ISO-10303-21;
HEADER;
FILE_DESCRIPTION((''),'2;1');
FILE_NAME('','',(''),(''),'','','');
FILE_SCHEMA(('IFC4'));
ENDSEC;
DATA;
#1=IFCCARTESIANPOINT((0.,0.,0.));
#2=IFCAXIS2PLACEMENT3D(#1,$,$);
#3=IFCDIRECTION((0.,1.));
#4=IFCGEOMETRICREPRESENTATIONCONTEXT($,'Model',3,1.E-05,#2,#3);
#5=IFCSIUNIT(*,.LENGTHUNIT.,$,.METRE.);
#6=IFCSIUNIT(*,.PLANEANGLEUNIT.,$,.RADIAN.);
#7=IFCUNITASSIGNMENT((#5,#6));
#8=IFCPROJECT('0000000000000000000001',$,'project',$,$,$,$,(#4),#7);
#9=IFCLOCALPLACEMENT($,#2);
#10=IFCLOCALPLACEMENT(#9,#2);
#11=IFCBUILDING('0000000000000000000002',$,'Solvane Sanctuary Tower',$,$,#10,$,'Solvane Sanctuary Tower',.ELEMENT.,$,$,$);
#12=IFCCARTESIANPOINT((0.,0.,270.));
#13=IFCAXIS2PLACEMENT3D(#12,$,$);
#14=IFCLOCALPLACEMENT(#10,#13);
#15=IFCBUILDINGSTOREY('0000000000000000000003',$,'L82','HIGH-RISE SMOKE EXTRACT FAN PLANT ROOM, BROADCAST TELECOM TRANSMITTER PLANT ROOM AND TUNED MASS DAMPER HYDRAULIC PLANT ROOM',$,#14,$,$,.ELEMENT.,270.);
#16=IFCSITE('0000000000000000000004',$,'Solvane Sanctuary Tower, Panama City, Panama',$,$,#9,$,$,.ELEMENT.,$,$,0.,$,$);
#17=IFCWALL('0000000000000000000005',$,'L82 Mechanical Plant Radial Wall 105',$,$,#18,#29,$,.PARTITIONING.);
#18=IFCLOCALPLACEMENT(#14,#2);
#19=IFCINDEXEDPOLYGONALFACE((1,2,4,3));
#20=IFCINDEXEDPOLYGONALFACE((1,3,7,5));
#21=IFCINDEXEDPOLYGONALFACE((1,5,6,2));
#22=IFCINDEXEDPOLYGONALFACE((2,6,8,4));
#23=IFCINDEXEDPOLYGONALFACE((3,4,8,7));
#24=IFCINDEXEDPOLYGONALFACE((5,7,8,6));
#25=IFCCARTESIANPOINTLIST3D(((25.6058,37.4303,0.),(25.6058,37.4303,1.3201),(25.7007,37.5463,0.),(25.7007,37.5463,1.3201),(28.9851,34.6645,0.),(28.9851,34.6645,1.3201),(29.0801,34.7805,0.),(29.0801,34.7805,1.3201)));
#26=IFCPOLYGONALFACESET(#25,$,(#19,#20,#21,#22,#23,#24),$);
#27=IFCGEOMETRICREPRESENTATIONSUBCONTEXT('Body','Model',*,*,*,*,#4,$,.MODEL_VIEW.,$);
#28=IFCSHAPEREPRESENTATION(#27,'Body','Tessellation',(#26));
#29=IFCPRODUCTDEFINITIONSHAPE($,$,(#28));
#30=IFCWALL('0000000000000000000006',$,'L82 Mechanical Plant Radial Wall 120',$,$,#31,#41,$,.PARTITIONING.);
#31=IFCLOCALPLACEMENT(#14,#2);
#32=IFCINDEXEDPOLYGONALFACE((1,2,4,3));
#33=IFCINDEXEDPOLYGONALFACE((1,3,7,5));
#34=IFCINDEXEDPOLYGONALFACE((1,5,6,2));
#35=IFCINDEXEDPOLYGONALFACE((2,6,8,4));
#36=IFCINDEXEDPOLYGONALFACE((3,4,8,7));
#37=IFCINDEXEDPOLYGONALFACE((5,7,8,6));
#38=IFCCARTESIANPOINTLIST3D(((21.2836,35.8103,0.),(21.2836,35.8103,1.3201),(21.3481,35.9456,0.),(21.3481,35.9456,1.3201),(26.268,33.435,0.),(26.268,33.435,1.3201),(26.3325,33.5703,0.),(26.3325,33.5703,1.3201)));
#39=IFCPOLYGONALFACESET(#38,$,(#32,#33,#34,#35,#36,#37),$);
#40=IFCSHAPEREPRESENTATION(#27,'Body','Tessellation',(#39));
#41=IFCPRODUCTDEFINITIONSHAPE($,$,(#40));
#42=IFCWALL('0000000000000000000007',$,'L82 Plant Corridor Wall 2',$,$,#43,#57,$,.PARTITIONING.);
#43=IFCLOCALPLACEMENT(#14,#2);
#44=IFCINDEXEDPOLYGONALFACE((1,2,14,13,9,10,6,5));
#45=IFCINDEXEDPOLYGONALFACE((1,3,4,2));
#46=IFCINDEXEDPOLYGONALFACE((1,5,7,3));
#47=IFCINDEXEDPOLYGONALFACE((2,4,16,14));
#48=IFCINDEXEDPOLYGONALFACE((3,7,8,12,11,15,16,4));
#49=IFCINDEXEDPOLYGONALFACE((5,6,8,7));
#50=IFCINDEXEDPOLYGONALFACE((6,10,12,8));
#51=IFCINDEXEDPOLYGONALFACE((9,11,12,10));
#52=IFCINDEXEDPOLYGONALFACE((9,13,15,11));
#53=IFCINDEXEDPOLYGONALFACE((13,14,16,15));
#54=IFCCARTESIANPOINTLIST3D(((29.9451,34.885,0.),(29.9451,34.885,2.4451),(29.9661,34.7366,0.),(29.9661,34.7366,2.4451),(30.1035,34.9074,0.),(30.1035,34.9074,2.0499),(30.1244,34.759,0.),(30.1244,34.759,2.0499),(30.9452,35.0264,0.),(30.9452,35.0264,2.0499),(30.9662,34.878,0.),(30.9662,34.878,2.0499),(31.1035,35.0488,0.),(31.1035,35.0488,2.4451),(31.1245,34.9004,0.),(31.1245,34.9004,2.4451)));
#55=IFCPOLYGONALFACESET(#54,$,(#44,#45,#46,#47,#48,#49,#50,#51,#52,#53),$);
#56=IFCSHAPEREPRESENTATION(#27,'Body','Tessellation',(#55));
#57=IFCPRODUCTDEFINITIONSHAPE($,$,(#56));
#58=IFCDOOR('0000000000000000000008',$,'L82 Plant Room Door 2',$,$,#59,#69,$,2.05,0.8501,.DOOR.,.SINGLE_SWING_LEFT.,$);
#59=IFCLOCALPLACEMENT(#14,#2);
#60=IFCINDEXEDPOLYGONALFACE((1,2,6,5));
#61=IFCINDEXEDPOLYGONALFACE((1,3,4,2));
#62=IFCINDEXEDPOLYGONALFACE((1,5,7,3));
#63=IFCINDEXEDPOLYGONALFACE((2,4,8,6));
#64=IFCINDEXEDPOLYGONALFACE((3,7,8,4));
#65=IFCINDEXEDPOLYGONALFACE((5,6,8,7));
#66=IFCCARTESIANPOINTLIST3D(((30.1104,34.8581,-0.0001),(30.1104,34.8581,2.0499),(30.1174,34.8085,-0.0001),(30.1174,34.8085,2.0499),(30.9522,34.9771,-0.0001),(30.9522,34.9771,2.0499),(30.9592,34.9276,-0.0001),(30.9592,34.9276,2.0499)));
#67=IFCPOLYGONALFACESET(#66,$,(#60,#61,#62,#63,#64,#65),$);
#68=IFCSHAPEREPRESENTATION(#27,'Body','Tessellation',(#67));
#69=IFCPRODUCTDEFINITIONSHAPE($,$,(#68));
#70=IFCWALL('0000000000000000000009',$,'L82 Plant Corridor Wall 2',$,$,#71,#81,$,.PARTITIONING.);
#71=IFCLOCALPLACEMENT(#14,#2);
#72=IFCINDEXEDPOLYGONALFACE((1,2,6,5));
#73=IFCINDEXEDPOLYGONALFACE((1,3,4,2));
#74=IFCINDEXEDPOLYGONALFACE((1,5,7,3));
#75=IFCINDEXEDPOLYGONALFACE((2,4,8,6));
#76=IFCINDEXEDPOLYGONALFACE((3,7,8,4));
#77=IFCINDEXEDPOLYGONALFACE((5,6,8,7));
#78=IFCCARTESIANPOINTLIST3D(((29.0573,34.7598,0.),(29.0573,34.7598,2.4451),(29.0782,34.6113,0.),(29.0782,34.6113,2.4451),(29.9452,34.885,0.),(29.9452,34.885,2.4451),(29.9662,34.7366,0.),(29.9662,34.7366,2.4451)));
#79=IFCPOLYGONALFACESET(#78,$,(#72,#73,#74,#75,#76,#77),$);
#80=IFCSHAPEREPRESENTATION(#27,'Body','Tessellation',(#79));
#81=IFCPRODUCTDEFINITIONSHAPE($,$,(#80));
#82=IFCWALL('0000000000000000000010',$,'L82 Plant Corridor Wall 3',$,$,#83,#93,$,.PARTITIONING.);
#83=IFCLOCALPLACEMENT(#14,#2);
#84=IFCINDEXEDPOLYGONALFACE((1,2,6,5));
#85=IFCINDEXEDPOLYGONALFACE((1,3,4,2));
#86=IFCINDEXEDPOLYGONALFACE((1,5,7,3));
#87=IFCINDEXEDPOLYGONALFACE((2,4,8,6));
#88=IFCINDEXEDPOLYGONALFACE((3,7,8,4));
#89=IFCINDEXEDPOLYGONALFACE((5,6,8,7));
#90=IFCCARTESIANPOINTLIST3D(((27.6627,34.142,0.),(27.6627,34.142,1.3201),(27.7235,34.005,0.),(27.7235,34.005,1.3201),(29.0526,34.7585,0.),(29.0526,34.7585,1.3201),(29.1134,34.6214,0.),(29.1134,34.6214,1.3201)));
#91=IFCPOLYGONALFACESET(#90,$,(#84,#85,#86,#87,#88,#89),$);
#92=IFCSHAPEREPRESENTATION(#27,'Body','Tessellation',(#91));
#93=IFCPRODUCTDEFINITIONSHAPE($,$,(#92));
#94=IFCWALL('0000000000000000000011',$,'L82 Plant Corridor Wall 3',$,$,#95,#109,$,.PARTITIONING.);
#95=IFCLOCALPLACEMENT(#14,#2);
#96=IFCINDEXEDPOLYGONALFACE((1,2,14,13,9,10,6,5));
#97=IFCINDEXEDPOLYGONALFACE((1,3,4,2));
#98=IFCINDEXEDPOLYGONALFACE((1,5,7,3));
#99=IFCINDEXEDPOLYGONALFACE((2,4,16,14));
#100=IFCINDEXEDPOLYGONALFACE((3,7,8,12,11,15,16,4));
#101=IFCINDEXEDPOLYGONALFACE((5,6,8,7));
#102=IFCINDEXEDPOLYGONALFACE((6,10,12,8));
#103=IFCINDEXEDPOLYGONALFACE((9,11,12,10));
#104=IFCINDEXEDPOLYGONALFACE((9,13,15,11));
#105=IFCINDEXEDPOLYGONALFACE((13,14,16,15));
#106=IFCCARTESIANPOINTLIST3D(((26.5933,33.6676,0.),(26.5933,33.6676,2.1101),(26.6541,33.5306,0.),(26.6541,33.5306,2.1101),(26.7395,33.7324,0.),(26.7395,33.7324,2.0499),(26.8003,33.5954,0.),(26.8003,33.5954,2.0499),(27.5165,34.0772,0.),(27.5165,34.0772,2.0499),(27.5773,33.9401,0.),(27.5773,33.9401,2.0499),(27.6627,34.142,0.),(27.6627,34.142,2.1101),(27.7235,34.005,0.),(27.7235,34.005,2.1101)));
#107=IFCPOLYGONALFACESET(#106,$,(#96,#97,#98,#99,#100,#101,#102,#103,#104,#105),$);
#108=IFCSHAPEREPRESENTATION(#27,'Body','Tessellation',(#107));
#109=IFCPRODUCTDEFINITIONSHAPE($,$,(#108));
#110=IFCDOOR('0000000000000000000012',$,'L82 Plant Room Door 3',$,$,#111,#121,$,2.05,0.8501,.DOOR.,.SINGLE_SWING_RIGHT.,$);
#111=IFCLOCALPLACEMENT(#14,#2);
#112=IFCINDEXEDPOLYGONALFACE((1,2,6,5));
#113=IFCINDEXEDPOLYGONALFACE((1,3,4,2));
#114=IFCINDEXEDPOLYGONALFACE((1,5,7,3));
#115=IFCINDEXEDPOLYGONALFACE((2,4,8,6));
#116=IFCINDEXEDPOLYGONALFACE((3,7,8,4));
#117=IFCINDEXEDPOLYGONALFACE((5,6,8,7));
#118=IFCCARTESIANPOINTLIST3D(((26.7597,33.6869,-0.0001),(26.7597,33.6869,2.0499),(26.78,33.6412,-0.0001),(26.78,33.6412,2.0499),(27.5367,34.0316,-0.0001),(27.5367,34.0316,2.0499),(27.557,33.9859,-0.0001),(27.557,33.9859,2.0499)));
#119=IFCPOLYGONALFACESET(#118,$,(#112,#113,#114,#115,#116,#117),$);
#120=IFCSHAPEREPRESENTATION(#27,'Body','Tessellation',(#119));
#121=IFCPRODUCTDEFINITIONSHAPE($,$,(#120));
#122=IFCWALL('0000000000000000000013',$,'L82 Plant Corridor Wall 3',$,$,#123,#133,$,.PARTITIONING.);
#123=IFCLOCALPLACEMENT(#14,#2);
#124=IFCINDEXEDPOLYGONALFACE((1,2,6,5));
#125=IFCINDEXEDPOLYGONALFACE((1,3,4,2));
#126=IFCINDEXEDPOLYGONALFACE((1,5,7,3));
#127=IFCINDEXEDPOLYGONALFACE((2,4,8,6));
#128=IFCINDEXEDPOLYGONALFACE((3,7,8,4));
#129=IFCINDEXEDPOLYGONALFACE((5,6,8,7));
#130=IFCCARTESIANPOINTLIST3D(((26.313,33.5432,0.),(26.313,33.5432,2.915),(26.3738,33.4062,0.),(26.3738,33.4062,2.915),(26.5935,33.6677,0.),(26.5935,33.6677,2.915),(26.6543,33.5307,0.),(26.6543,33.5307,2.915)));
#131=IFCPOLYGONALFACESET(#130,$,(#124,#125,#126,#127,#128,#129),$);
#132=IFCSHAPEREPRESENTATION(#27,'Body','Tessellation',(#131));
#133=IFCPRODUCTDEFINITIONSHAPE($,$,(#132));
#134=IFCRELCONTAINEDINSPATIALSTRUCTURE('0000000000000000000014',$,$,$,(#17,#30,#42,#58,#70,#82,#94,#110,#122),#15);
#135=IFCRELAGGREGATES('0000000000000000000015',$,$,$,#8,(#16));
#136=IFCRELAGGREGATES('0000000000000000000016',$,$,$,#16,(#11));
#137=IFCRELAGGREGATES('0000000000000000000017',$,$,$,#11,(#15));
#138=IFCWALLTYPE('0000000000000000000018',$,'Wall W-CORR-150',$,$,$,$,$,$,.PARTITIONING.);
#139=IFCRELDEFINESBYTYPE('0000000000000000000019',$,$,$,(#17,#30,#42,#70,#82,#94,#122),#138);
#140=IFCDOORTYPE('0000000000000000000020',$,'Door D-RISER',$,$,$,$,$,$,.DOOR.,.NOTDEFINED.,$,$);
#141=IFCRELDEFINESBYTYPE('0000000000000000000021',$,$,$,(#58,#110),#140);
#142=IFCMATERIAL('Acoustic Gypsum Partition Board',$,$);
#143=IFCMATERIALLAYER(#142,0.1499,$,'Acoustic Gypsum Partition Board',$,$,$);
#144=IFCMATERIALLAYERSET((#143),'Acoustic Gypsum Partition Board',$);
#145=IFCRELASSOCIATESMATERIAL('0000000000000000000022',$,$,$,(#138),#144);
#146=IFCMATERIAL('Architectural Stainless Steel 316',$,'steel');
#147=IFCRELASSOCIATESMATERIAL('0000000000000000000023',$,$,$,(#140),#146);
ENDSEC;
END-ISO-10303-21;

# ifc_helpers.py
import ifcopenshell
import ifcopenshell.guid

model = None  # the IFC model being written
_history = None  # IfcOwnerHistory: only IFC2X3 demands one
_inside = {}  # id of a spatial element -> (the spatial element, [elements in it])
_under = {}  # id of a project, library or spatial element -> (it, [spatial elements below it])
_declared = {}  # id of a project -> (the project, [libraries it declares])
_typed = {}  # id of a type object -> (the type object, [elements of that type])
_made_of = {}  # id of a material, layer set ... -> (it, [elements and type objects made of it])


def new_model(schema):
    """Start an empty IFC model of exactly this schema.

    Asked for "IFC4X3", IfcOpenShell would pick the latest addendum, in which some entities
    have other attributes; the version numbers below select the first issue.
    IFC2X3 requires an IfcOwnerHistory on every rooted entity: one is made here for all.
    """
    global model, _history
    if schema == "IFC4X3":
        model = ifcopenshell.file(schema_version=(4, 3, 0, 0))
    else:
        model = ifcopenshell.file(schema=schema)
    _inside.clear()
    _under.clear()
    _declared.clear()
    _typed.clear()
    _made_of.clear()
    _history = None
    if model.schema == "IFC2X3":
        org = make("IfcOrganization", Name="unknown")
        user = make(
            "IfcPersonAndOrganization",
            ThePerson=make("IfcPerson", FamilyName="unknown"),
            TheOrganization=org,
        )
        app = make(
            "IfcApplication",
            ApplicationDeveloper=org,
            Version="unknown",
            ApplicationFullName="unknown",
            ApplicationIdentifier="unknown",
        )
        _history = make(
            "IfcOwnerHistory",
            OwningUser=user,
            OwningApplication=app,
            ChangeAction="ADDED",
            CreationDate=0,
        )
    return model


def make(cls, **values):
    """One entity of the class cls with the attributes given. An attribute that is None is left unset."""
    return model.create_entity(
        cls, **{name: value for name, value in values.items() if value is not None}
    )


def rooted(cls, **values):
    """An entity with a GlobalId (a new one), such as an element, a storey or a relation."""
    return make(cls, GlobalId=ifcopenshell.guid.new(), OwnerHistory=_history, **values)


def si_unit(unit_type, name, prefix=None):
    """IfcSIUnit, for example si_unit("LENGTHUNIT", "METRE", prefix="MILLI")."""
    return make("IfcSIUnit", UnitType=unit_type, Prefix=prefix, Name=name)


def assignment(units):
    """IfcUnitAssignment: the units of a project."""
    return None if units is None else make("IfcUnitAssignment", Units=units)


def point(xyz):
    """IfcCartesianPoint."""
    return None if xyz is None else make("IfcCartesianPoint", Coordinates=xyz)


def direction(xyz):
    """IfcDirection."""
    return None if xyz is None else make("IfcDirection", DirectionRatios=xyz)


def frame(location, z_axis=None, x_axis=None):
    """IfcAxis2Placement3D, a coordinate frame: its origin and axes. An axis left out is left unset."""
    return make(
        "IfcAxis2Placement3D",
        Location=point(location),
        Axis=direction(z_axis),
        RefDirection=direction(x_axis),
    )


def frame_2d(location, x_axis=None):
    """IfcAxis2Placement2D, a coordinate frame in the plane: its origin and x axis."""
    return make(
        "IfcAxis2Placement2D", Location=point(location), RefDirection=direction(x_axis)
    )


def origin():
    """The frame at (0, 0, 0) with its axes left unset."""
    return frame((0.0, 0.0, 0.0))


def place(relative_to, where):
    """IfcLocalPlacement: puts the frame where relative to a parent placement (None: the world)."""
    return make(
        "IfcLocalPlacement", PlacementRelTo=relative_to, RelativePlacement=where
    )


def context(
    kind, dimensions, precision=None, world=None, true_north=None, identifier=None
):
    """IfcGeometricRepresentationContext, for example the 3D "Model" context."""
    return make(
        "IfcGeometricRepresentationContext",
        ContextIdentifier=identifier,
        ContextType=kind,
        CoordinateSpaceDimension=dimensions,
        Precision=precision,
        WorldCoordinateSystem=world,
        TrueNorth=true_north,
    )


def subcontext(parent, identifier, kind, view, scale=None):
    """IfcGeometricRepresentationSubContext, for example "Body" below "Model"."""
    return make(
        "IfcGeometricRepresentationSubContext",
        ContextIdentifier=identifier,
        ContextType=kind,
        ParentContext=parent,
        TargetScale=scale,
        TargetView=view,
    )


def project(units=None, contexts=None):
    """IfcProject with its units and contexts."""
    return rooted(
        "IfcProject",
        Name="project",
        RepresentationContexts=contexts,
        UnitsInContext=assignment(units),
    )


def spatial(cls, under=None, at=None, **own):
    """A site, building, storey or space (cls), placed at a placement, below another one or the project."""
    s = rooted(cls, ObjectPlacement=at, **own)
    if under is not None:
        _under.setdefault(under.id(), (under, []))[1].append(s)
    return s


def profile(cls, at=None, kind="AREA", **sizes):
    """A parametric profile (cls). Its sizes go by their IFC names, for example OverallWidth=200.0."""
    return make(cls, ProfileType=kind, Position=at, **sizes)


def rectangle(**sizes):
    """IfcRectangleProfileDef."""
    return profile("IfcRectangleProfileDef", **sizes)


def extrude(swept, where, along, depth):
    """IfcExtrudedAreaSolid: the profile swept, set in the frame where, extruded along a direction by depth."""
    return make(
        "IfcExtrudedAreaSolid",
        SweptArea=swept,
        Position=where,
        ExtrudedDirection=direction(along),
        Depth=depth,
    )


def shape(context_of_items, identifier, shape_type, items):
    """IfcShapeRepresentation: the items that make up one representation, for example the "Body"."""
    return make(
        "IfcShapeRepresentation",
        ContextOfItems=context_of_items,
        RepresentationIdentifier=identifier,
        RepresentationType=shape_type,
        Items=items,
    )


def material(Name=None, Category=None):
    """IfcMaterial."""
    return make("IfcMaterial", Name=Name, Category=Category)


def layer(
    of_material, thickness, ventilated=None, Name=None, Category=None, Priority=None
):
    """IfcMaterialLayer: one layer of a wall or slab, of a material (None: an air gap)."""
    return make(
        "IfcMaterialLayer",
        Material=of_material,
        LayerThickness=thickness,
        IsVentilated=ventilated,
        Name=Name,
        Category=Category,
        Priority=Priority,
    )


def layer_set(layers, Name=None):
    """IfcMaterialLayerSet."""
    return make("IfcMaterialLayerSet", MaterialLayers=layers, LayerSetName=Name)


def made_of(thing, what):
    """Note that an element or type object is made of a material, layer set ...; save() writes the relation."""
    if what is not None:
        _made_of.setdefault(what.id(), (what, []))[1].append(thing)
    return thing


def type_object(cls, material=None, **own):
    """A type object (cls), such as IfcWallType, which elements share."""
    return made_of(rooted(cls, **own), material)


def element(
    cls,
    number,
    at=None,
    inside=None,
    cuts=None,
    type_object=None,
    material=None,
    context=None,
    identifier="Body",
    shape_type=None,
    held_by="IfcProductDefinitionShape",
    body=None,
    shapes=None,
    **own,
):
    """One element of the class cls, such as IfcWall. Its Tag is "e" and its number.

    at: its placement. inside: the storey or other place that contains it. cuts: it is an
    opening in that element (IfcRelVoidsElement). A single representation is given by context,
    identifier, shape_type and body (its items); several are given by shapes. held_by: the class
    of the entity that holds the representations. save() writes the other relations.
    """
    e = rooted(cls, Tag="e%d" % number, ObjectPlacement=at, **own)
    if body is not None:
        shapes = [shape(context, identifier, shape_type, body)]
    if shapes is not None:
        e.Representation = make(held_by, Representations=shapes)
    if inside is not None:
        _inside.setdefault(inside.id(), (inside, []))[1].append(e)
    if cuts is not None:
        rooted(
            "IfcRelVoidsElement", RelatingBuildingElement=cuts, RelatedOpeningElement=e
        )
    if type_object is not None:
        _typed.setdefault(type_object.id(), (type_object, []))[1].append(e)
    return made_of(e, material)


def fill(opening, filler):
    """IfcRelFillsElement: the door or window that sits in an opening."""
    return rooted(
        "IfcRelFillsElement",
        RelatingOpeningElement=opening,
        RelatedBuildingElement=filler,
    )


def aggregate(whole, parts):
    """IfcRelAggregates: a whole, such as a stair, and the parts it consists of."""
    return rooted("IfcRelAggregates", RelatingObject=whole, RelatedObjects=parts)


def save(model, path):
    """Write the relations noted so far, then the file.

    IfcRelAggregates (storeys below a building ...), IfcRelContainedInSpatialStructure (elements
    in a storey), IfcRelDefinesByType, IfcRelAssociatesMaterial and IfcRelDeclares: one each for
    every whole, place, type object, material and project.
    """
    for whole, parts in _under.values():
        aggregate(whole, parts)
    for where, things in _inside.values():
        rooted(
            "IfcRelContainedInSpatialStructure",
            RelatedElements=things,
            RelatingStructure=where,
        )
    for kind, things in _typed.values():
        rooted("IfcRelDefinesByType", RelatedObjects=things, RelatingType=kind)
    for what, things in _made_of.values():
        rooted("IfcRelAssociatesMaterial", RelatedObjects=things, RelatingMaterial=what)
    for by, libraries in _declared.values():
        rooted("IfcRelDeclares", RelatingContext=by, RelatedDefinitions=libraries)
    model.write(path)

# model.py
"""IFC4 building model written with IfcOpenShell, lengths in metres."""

from ifc_helpers import new_model, si_unit, direction, frame, frame_2d, origin, place, context, subcontext, project, spatial, rectangle, extrude, material, layer, layer_set, type_object, element, fill, save


model = new_model("IFC4")

# Units and contexts
model_context = context("Model", 3, precision=1e-05, world=origin(), true_north=direction((0.0, 1.0)))
body_context = subcontext(model_context, "Body", "Model", "MODEL_VIEW")
ifc_project = project(units=[si_unit("LENGTHUNIT", "METRE"), si_unit("PLANEANGLEUNIT", "RADIAN")], contexts=[model_context])

# Site, building, storey
site_placement = place(None, origin())
site = spatial("IfcSite", under=ifc_project, at=site_placement, Name="Solvane Sanctuary Tower, Panama City, Panama", CompositionType="ELEMENT", RefElevation=0.0)
building_placement = place(site_placement, origin())
building = spatial("IfcBuilding", under=site, at=building_placement, Name="Solvane Sanctuary Tower", LongName="Solvane Sanctuary Tower", CompositionType="ELEMENT")
storey_placement = place(building_placement, frame((0.0, 0.0, 270.0)))
storey = spatial("IfcBuildingStorey", under=building, at=storey_placement, Name="L82", Description="HIGH-RISE SMOKE EXTRACT FAN PLANT ROOM, BROADCAST TELECOM TRANSMITTER PLANT ROOM AND TUNED MASS DAMPER HYDRAULIC PLANT ROOM", CompositionType="ELEMENT", Elevation=270.0)

# Walls
ifc_material_1 = material(Name="Acoustic Gypsum Partition Board")
ifc_layer_1 = layer(ifc_material_1, 0.1499, Name="Acoustic Gypsum Partition Board")
ifc_layer_set_1 = layer_set([ifc_layer_1], Name="Acoustic Gypsum Partition Board")
wall_type = type_object("IfcWallType", Name="Wall W-CORR-150", PredefinedType="PARTITIONING", material=ifc_layer_set_1)
wall_1_placement = place(storey_placement, frame((29.0327, 34.7224, 0.0), z_axis=(0.0, 0.0, 1.0), x_axis=(-0.773855, 0.633363, 0.0)))
element("IfcWall", 1, at=wall_1_placement, inside=storey, type_object=wall_type, Name="L82 Mechanical Plant Radial Wall 105", PredefinedType="PARTITIONING", context=body_context, shape_type="SweptSolid", body=[
    extrude(rectangle(XDim=4.3669, YDim=0.1499, at=frame_2d((2.1836, 0.0))), origin(), (0.0, 0.0, 1.0), 1.3201),
])
wall_2_placement = place(storey_placement, frame((26.3003, 33.5027, 0.0), z_axis=(0.0, 0.0, 1.0), x_axis=(-0.902739, 0.430189, 0.0)))
element("IfcWall", 2, at=wall_2_placement, inside=storey, type_object=wall_type, Name="L82 Mechanical Plant Radial Wall 120", PredefinedType="PARTITIONING", context=body_context, shape_type="SweptSolid", body=[
    extrude(rectangle(XDim=5.5215, YDim=0.1499, at=frame_2d((2.7607, 0.0))), origin(), (0.0, 0.0, 1.0), 1.3201),
])

# Wall, opening, door
wall_3_placement = place(storey_placement, frame((31.114, 34.9746, 0.0), z_axis=(0.0, 0.0, 1.0), x_axis=(-0.990149, -0.140019, 0.0)))
wall_3 = element("IfcWall", 3, at=wall_3_placement, inside=storey, type_object=wall_type, Name="L82 Plant Corridor Wall 2", PredefinedType="PARTITIONING", context=body_context, shape_type="SweptSolid", body=[
    extrude(rectangle(XDim=1.1699, YDim=0.1499, at=frame_2d((0.585, 0.0))), origin(), (0.0, 0.0, 1.0), 2.4451),
])
opening_1_placement = place(wall_3_placement, frame((0.1599, 0.0, 0.0)))
opening_1 = element("IfcOpeningElement", 4, at=opening_1_placement, cuts=wall_3, PredefinedType="OPENING", context=body_context, shape_type="SweptSolid", body=[
    extrude(rectangle(XDim=0.8501, YDim=2.05, at=frame_2d((0.425, 1.0249))), frame((0.0, 0.085, 0.0), z_axis=(0.0, -1.0, 0.0), x_axis=(1.0, 0.0, 0.0)), (0.0, 0.0, 1.0), 0.1699),
])
ifc_material_2 = material(Name="Architectural Stainless Steel 316", Category="steel")
door_type = type_object("IfcDoorType", Name="Door D-RISER", OperationType="NOTDEFINED", PredefinedType="DOOR", material=ifc_material_2)
door_1_placement = place(opening_1_placement, origin())
door_1 = element("IfcDoor", 5, at=door_1_placement, inside=storey, type_object=door_type, Name="L82 Plant Room Door 2", OperationType="SINGLE_SWING_LEFT", OverallHeight=2.05, OverallWidth=0.8501, PredefinedType="DOOR", context=body_context, shape_type="SweptSolid", body=[
    extrude(rectangle(XDim=0.8501, YDim=2.05, at=frame_2d((0.425, 1.0249))), frame((0.0, 0.0249, 0.0), z_axis=(0.0, -1.0, 0.0), x_axis=(1.0, 0.0, 0.0)), (0.0, 0.0, 1.0), 0.05),
])
fill(opening_1, door_1)

# Walls
wall_4_placement = place(storey_placement, frame((29.9556, 34.8108, 0.0), z_axis=(0.0, 0.0, 1.0), x_axis=(-0.990198, -0.139668, 0.0)))
element("IfcWall", 6, at=wall_4_placement, inside=storey, type_object=wall_type, Name="L82 Plant Corridor Wall 2", PredefinedType="PARTITIONING", context=body_context, shape_type="SweptSolid", body=[
    extrude(rectangle(XDim=0.8967, YDim=0.1499, at=frame_2d((0.4482, 0.0))), origin(), (0.0, 0.0, 1.0), 2.4451),
])
wall_5_placement = place(storey_placement, frame((29.083, 34.6899, 0.0), z_axis=(0.0, 0.0, 1.0), x_axis=(-0.914122, -0.405438, 0.0)))
element("IfcWall", 7, at=wall_5_placement, inside=storey, type_object=wall_type, Name="L82 Plant Corridor Wall 3", PredefinedType="PARTITIONING", context=body_context, shape_type="SweptSolid", body=[
    extrude(rectangle(XDim=1.5205, YDim=0.1499, at=frame_2d((0.7603, 0.0))), origin(), (0.0, 0.0, 1.0), 1.3201),
])

# Wall, opening, door
wall_6_placement = place(storey_placement, frame((27.6931, 34.0735, 0.0), z_axis=(0.0, 0.0, 1.0), x_axis=(-0.914095, -0.405499, 0.0)))
wall_6 = element("IfcWall", 8, at=wall_6_placement, inside=storey, type_object=wall_type, Name="L82 Plant Corridor Wall 3", PredefinedType="PARTITIONING", context=body_context, shape_type="SweptSolid", body=[
    extrude(rectangle(XDim=1.1699, YDim=0.1499, at=frame_2d((0.585, 0.0))), origin(), (0.0, 0.0, 1.0), 2.1101),
])
opening_2_placement = place(wall_6_placement, frame((0.1599, 0.0, 0.0)))
opening_2 = element("IfcOpeningElement", 9, at=opening_2_placement, cuts=wall_6, PredefinedType="OPENING", context=body_context, shape_type="SweptSolid", body=[
    extrude(rectangle(XDim=0.8501, YDim=2.05, at=frame_2d((0.425, 1.0249))), frame((0.0, 0.085, 0.0), z_axis=(0.0, -1.0, 0.0), x_axis=(1.0, 0.0, 0.0)), (0.0, 0.0, 1.0), 0.1699),
])
door_2_placement = place(opening_2_placement, origin())
door_2 = element("IfcDoor", 10, at=door_2_placement, inside=storey, type_object=door_type, Name="L82 Plant Room Door 3", OperationType="SINGLE_SWING_RIGHT", OverallHeight=2.05, OverallWidth=0.8501, PredefinedType="DOOR", context=body_context, shape_type="SweptSolid", body=[
    extrude(rectangle(XDim=0.8501, YDim=2.05, at=frame_2d((0.425, 1.0249))), frame((0.0, 0.0249, 0.0), z_axis=(0.0, -1.0, 0.0), x_axis=(1.0, 0.0, 0.0)), (0.0, 0.0, 1.0), 0.05),
])
fill(opening_2, door_2)

# Wall
wall_7_placement = place(storey_placement, frame((26.6238, 33.5991, 0.0), z_axis=(0.0, 0.0, 1.0), x_axis=(-0.914008, -0.405696, 0.0)))
element("IfcWall", 11, at=wall_7_placement, inside=storey, type_object=wall_type, Name="L82 Plant Corridor Wall 3", PredefinedType="PARTITIONING", context=body_context, shape_type="SweptSolid", body=[
    extrude(rectangle(XDim=0.3069, YDim=0.1499, at=frame_2d((0.1533, 0.0))), origin(), (0.0, 0.0, 1.0), 2.915),
])

save(model, "model.ifc")
